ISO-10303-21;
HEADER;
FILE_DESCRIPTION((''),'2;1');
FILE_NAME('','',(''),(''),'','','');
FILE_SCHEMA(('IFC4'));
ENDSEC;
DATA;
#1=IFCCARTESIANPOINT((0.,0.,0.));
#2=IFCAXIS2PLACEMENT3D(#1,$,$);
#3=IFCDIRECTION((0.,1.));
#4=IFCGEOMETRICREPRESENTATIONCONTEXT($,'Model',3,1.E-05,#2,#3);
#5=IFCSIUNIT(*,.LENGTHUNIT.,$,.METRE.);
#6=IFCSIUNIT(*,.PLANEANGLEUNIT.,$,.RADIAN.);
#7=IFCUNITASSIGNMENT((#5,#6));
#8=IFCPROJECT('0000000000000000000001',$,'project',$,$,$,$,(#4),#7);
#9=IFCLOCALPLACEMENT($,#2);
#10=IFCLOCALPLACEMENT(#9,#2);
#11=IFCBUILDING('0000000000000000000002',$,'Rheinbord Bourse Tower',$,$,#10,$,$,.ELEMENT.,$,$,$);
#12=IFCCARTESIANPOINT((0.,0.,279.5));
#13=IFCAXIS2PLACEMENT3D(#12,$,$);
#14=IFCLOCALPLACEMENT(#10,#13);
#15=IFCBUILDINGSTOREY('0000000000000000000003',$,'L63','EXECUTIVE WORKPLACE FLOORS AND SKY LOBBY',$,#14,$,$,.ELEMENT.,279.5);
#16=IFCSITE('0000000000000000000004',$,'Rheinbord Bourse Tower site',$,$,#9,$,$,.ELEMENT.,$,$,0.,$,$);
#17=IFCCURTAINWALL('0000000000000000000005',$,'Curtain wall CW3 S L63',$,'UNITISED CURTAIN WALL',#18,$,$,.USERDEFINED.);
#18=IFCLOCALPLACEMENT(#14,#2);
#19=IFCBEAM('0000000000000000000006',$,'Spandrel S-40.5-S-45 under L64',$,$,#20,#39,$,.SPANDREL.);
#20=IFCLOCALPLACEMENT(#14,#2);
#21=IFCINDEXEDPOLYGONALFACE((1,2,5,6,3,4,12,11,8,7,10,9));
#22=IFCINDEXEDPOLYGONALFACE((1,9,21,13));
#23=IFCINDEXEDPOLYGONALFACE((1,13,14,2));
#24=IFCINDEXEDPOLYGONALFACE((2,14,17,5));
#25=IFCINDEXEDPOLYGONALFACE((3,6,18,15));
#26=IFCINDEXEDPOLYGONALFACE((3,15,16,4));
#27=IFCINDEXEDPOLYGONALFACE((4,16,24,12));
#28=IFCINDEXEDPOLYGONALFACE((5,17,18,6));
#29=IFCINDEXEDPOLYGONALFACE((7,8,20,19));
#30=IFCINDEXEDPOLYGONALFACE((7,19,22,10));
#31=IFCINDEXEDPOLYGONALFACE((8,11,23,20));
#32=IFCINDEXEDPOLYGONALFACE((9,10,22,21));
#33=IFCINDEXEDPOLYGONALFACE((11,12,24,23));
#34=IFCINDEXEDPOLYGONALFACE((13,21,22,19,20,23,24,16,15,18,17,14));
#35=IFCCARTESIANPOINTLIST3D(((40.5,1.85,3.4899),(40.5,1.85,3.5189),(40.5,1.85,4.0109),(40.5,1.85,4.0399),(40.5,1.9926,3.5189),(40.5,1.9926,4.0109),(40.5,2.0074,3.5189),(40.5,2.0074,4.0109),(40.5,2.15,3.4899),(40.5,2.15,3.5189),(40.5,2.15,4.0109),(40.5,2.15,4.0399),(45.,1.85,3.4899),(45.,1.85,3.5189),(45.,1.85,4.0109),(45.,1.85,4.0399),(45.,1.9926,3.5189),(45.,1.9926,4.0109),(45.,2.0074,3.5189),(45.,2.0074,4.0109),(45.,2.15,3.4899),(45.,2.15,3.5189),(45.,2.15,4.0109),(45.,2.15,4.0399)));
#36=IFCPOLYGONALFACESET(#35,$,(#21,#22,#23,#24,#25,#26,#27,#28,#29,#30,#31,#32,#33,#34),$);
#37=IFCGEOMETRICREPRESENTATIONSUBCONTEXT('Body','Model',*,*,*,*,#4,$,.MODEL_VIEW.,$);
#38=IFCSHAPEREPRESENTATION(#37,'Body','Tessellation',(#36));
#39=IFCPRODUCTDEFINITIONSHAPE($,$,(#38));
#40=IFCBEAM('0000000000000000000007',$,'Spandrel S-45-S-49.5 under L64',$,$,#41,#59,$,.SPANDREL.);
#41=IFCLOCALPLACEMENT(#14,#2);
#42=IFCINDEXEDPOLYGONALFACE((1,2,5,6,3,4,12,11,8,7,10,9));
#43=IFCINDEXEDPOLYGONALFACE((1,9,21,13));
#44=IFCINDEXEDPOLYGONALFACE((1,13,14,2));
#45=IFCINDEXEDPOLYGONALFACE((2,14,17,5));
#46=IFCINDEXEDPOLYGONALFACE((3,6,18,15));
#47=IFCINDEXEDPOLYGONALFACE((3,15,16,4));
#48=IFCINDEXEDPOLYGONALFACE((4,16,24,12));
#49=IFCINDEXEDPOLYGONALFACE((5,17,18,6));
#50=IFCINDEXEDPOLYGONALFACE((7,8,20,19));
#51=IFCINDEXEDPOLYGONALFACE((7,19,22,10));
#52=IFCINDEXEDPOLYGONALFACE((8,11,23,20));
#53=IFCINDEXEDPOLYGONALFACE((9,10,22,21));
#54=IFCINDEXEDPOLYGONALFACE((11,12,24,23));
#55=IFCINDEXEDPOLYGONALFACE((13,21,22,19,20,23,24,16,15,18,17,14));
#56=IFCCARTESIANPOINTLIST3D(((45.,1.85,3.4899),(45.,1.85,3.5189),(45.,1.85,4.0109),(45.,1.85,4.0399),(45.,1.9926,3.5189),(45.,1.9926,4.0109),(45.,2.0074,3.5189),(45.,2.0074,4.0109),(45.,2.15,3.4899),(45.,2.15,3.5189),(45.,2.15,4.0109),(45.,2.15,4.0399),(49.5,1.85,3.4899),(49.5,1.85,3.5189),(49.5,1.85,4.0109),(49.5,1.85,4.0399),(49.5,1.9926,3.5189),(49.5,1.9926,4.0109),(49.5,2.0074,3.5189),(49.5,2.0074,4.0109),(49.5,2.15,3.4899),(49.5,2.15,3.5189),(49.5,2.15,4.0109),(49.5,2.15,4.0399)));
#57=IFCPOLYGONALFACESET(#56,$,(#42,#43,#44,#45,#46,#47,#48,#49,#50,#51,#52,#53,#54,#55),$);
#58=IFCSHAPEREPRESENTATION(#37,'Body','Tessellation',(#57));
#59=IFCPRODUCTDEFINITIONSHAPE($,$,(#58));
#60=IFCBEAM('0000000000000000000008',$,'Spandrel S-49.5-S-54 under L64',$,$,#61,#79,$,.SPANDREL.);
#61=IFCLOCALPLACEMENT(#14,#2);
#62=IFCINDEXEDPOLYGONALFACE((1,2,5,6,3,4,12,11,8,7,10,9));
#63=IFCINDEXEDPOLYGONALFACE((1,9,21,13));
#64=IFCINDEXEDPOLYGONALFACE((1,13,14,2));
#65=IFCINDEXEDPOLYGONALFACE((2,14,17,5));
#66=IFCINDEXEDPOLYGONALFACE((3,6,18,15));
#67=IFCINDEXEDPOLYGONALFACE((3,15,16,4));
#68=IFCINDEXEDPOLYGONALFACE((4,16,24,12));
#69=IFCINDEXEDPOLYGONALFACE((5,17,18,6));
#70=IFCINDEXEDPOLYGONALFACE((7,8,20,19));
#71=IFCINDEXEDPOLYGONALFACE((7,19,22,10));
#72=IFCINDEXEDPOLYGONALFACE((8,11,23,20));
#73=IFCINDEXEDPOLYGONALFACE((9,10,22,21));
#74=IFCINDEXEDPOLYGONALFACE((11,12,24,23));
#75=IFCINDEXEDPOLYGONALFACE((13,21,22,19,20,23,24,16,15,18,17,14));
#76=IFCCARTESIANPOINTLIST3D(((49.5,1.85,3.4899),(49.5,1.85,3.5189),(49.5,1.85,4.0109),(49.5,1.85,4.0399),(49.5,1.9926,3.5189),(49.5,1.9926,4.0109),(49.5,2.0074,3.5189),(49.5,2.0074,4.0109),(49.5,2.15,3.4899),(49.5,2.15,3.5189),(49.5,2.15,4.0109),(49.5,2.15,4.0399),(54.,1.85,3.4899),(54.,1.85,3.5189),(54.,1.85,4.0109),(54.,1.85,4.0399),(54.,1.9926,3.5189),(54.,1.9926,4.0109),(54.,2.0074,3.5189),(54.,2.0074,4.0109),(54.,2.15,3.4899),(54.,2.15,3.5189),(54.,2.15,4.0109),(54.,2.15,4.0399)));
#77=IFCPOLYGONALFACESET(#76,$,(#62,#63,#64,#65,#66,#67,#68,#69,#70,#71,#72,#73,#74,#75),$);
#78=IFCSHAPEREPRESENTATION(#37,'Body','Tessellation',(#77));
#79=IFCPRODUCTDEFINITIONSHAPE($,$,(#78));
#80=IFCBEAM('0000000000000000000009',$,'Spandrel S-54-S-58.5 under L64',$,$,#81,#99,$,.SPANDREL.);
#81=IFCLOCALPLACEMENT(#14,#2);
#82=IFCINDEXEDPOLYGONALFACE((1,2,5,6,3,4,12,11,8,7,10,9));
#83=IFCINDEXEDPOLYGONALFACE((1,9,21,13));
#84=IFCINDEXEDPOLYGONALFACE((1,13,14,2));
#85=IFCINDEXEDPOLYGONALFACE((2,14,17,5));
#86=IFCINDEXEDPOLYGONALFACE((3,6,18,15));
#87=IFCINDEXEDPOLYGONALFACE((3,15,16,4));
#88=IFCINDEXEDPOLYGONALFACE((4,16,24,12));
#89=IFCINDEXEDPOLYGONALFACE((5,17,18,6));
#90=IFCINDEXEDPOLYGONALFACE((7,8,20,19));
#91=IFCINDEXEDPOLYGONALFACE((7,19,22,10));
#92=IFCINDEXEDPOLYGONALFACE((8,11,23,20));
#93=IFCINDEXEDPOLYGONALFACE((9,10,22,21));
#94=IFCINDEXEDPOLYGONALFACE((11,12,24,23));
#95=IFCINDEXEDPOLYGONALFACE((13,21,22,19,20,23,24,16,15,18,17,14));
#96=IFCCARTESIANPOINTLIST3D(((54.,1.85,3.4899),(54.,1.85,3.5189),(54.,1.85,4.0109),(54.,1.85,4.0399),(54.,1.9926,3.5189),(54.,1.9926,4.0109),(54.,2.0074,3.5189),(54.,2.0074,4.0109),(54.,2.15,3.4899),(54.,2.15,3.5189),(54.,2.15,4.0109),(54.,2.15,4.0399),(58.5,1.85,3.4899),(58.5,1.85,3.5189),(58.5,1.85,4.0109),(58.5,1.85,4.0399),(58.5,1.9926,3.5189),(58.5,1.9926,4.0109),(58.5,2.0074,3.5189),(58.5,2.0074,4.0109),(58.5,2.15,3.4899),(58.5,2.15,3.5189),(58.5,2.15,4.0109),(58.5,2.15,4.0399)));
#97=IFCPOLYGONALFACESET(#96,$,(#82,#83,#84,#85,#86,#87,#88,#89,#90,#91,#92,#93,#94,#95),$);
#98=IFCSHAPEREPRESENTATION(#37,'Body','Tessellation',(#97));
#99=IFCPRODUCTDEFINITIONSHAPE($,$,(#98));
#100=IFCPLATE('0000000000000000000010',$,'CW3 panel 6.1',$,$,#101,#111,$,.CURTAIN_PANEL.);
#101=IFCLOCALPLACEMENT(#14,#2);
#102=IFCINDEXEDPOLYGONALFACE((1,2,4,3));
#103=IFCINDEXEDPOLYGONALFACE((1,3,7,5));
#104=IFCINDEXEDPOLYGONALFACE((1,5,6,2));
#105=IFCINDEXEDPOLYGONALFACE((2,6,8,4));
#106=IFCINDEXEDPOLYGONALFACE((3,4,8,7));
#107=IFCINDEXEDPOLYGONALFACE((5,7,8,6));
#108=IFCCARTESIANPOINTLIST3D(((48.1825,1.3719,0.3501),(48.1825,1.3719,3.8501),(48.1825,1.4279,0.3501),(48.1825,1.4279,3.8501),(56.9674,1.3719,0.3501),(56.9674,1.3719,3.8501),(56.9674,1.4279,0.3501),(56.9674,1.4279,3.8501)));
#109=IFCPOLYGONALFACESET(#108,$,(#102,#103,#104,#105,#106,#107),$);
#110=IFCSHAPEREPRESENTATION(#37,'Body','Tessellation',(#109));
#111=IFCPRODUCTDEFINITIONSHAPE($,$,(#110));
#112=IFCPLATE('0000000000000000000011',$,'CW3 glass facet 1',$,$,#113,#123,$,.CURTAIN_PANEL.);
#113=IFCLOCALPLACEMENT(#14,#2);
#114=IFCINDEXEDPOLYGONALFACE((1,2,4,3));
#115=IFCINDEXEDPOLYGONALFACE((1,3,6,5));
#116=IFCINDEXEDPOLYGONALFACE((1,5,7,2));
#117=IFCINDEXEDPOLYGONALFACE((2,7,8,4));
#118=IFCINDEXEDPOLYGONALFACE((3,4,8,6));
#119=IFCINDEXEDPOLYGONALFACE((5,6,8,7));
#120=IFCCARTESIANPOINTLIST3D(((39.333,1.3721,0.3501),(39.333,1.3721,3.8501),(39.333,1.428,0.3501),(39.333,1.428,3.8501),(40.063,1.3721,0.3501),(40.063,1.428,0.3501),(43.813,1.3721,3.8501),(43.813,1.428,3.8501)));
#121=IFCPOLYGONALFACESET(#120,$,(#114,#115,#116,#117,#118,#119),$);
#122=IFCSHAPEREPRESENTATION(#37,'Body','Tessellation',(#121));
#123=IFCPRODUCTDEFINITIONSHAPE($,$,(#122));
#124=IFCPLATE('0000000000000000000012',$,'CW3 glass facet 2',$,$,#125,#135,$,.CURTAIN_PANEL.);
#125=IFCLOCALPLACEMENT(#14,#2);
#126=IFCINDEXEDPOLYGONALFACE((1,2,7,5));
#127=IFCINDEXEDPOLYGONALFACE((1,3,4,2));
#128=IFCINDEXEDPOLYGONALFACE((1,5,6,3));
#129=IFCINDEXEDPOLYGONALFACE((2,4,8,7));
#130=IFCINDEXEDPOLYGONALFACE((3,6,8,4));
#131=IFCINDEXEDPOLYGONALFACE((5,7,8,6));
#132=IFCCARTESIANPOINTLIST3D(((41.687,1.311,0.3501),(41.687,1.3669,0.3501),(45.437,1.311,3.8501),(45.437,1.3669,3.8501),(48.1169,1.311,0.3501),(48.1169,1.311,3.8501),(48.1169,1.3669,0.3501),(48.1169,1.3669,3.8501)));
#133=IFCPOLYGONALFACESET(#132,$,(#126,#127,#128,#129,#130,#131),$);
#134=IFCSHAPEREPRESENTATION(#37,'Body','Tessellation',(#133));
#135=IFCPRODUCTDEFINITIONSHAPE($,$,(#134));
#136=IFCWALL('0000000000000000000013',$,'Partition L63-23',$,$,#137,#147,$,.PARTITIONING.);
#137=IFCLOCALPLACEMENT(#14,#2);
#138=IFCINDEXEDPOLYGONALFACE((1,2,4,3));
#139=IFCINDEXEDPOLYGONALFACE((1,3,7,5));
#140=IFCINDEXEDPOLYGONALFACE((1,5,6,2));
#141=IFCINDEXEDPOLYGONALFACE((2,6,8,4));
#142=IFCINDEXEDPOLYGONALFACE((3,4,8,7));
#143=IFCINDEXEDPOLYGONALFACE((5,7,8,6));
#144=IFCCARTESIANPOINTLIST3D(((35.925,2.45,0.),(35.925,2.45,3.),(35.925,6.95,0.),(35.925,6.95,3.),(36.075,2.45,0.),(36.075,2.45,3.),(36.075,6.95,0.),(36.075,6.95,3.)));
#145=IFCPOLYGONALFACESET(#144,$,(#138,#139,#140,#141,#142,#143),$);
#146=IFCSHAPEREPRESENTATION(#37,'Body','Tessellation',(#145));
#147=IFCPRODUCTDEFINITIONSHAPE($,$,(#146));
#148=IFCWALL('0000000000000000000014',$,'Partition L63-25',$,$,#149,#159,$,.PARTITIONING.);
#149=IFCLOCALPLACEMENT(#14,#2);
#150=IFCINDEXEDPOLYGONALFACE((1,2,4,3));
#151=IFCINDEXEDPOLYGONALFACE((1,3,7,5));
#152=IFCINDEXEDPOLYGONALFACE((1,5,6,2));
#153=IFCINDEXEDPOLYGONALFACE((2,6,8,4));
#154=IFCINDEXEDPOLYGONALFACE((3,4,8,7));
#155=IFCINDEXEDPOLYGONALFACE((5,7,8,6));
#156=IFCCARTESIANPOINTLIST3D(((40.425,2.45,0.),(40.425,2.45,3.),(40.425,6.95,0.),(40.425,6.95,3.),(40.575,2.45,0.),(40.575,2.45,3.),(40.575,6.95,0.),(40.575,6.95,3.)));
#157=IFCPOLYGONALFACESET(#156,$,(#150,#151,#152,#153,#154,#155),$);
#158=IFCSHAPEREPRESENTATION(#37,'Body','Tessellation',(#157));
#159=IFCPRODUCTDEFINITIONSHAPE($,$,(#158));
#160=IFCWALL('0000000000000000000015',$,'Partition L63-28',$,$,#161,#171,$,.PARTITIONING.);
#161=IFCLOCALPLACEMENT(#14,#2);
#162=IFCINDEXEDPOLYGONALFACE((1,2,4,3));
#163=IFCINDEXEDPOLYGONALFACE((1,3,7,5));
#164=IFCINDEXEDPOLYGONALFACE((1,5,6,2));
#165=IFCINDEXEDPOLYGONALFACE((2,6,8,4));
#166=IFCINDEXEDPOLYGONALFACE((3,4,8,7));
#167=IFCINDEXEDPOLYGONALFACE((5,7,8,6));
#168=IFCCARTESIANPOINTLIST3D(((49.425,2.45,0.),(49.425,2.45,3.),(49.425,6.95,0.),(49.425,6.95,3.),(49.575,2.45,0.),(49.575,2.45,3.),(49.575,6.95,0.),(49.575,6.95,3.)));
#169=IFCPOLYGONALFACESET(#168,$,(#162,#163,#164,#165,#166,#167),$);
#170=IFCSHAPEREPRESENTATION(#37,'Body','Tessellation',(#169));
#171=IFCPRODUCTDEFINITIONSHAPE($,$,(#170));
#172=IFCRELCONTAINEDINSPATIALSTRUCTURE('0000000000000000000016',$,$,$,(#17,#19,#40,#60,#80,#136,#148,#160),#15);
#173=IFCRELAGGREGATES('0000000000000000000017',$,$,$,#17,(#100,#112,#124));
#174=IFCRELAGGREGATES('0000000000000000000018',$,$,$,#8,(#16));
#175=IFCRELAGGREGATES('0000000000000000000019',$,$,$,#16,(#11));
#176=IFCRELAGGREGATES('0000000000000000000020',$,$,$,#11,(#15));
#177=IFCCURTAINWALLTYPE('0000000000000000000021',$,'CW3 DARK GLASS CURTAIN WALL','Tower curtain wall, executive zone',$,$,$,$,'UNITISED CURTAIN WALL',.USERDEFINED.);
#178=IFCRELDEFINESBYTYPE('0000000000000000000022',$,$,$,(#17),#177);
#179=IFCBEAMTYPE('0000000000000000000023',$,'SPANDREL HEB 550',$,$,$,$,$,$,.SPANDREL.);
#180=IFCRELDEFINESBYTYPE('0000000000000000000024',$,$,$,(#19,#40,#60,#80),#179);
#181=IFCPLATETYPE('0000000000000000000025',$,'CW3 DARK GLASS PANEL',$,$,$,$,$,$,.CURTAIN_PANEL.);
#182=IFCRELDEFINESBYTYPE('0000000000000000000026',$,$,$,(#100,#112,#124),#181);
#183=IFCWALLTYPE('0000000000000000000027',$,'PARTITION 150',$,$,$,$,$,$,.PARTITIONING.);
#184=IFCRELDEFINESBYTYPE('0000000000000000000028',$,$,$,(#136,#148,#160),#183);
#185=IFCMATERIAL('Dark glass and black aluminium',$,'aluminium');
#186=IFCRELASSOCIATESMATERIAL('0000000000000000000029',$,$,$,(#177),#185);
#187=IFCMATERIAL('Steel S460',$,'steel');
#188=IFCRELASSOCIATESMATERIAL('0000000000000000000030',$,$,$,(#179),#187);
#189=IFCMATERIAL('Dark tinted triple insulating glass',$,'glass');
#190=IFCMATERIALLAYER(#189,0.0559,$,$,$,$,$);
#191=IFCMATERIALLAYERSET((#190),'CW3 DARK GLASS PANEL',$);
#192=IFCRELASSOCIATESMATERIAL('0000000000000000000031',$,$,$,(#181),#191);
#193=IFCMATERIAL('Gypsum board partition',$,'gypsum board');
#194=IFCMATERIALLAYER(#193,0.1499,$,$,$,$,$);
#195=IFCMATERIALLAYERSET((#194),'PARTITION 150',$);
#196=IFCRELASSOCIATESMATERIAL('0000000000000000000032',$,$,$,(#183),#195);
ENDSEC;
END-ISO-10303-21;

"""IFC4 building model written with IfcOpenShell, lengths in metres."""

from ifc_helpers import new_model, si_unit, direction, frame, frame_2d, origin, origin_2d, place, context, subcontext, project, spatial, polyline, rectangle, i_section, outline, extrude, material, layer, layer_set, material_profile, profile_set, type_object, element, aggregate, save


model = new_model("IFC4")

# Units and contexts
model_context = context("Model", 3, precision=1e-05, world=origin(), true_north=direction((0.0, 1.0)))
body_context = subcontext(model_context, "Body", "Model", "MODEL_VIEW")
ifc_project = project(units=[si_unit("LENGTHUNIT", "METRE"), si_unit("PLANEANGLEUNIT", "RADIAN")], contexts=[model_context])

# Site, building, storey
site_placement = place(None, origin())
site = spatial("IfcSite", under=ifc_project, at=site_placement, Name="Rheinbord Bourse Tower site", CompositionType="ELEMENT", RefElevation=0.0)
building_placement = place(site_placement, origin())
building = spatial("IfcBuilding", under=site, at=building_placement, Name="Rheinbord Bourse Tower", CompositionType="ELEMENT")
storey_placement = place(building_placement, frame((0.0, 0.0, 279.5)))
storey = spatial("IfcBuildingStorey", under=building, at=storey_placement, Name="L63", Description="EXECUTIVE WORKPLACE FLOORS AND SKY LOBBY", CompositionType="ELEMENT", Elevation=279.5)

# Curtain wall
ifc_material_1 = material(Name="Dark glass and black aluminium", Category="aluminium")
curtain_wall_type = type_object("IfcCurtainWallType", Name="CW3 DARK GLASS CURTAIN WALL", Description="Tower curtain wall, executive zone", ElementType="UNITISED CURTAIN WALL", PredefinedType="USERDEFINED", material=ifc_material_1)
curtain_wall_placement = place(storey_placement, origin())
curtain_wall = element("IfcCurtainWall", 1, at=curtain_wall_placement, inside=storey, type_object=curtain_wall_type, Name="Curtain wall CW3 S L63", ObjectType="UNITISED CURTAIN WALL", PredefinedType="USERDEFINED")

# Beams
ifc_material_2 = material(Name="Steel S460", Category="steel")
ifc_material_profile_1 = material_profile(ifc_material_2, i_section(OverallWidth=0.3, OverallDepth=0.55, WebThickness=0.0149, FlangeThickness=0.0291, at=origin_2d()), Name="HEB 550")
ifc_profile_set_1 = profile_set([ifc_material_profile_1], Name="Steel S460")
beam_type_1 = type_object("IfcBeamType", Name="SPANDREL HEB 550", PredefinedType="SPANDREL", material=ifc_profile_set_1)
for number, where, z_axis, x_axis, name in (
    (2, (40.5, 2.0, 3.7649), (1.0, 0.0, 0.0), (0.0, 1.0, 0.0), "Spandrel S-40.5-S-45 under L64"),
    (3, (45.0, 2.0, 3.7649), (1.0, 0.0, 0.0), (0.0, 1.0, 0.0), "Spandrel S-45-S-49.5 under L64"),
    (4, (49.5, 2.0, 3.7649), (1.0, 0.0, 0.0), (0.0, 1.0, 0.0), "Spandrel S-49.5-S-54 under L64"),
    (5, (54.0, 2.0, 3.7649), (1.0, 0.0, 0.0), (0.0, 1.0, 0.0), "Spandrel S-54-S-58.5 under L64"),
):
    element("IfcBeam", number, at=place(storey_placement, frame(where, z_axis=z_axis, x_axis=x_axis)), inside=storey, type_object=beam_type_1, Name=name, PredefinedType="SPANDREL", context=body_context, shape_type="SweptSolid", body=[
        extrude(i_section(OverallWidth=0.3, OverallDepth=0.55, WebThickness=0.0149, FlangeThickness=0.0291, at=origin_2d()), origin(), (0.0, 0.0, 1.0), 4.5),
    ])

# Plates
ifc_material_3 = material(Name="Dark tinted triple insulating glass", Category="glass")
ifc_layer_1 = layer(ifc_material_3, 0.0559)
ifc_layer_set_1 = layer_set([ifc_layer_1], Name="CW3 DARK GLASS PANEL")
plate_type = type_object("IfcPlateType", Name="CW3 DARK GLASS PANEL", PredefinedType="CURTAIN_PANEL", material=ifc_layer_set_1)
plate_1_placement = place(storey_placement, frame((52.575, 1.3999, 0.3501), z_axis=(0.0, 0.0, 1.0), x_axis=(1.0, 0.0, 0.0)))
plate_1 = element("IfcPlate", 6, at=plate_1_placement, type_object=plate_type, Name="CW3 panel 6.1", PredefinedType="CURTAIN_PANEL", context=body_context, shape_type="SweptSolid", body=[
    extrude(rectangle(XDim=8.7849, YDim=0.0559, at=origin_2d()), origin(), (0.0, 0.0, 1.0), 3.5),
])
plate_2_placement = place(storey_placement, frame((39.333, 1.3721, 0.3501), z_axis=(0.0, 1.0, 0.0), x_axis=(0.0, 0.0, 1.0)))
plate_2 = element("IfcPlate", 7, at=plate_2_placement, type_object=plate_type, Name="CW3 glass facet 1", PredefinedType="CURTAIN_PANEL", context=body_context, shape_type="SweptSolid", body=[
    extrude(outline(polyline([(0.0, 0.0), (3.5, 0.0), (3.5, 4.48), (0.0, 0.73), (0.0, 0.0)])), origin(), (0.0, 0.0, 1.0), 0.0559),
])
plate_3_placement = place(storey_placement, frame((48.1169, 1.311, 3.8501), z_axis=(0.0, 1.0, 0.0), x_axis=(0.0, 0.0, -1.0)))
plate_3 = element("IfcPlate", 8, at=plate_3_placement, type_object=plate_type, Name="CW3 glass facet 2", PredefinedType="CURTAIN_PANEL", context=body_context, shape_type="SweptSolid", body=[
    extrude(outline(polyline([(0.0, 0.0), (3.5, 0.0), (3.5, 6.4299), (0.0, 2.6799), (0.0, 0.0)])), origin(), (0.0, 0.0, 1.0), 0.0559),
])
aggregate(curtain_wall, [plate_1, plate_2, plate_3])

# Walls
ifc_material_4 = material(Name="Gypsum board partition", Category="gypsum board")
ifc_layer_2 = layer(ifc_material_4, 0.1499)
ifc_layer_set_2 = layer_set([ifc_layer_2], Name="PARTITION 150")
wall_type = type_object("IfcWallType", Name="PARTITION 150", PredefinedType="PARTITIONING", material=ifc_layer_set_2)
for number, where, z_axis, x_axis, name in (
    (9, (36.0, 2.45, 0.0), (0.0, 0.0, 1.0), (0.0, 1.0, 0.0), "Partition L63-23"),
    (10, (40.5, 2.45, 0.0), (0.0, 0.0, 1.0), (0.0, 1.0, 0.0), "Partition L63-25"),
    (11, (49.5, 2.45, 0.0), (0.0, 0.0, 1.0), (0.0, 1.0, 0.0), "Partition L63-28"),
):
    element("IfcWall", number, at=place(storey_placement, frame(where, z_axis=z_axis, x_axis=x_axis)), inside=storey, type_object=wall_type, Name=name, PredefinedType="PARTITIONING", context=body_context, shape_type="SweptSolid", body=[
        extrude(rectangle(XDim=4.5, YDim=0.1499, at=frame_2d((2.25, 0.0))), origin(), (0.0, 0.0, 1.0), 3.0),
    ])

save(model, "model.ifc")
